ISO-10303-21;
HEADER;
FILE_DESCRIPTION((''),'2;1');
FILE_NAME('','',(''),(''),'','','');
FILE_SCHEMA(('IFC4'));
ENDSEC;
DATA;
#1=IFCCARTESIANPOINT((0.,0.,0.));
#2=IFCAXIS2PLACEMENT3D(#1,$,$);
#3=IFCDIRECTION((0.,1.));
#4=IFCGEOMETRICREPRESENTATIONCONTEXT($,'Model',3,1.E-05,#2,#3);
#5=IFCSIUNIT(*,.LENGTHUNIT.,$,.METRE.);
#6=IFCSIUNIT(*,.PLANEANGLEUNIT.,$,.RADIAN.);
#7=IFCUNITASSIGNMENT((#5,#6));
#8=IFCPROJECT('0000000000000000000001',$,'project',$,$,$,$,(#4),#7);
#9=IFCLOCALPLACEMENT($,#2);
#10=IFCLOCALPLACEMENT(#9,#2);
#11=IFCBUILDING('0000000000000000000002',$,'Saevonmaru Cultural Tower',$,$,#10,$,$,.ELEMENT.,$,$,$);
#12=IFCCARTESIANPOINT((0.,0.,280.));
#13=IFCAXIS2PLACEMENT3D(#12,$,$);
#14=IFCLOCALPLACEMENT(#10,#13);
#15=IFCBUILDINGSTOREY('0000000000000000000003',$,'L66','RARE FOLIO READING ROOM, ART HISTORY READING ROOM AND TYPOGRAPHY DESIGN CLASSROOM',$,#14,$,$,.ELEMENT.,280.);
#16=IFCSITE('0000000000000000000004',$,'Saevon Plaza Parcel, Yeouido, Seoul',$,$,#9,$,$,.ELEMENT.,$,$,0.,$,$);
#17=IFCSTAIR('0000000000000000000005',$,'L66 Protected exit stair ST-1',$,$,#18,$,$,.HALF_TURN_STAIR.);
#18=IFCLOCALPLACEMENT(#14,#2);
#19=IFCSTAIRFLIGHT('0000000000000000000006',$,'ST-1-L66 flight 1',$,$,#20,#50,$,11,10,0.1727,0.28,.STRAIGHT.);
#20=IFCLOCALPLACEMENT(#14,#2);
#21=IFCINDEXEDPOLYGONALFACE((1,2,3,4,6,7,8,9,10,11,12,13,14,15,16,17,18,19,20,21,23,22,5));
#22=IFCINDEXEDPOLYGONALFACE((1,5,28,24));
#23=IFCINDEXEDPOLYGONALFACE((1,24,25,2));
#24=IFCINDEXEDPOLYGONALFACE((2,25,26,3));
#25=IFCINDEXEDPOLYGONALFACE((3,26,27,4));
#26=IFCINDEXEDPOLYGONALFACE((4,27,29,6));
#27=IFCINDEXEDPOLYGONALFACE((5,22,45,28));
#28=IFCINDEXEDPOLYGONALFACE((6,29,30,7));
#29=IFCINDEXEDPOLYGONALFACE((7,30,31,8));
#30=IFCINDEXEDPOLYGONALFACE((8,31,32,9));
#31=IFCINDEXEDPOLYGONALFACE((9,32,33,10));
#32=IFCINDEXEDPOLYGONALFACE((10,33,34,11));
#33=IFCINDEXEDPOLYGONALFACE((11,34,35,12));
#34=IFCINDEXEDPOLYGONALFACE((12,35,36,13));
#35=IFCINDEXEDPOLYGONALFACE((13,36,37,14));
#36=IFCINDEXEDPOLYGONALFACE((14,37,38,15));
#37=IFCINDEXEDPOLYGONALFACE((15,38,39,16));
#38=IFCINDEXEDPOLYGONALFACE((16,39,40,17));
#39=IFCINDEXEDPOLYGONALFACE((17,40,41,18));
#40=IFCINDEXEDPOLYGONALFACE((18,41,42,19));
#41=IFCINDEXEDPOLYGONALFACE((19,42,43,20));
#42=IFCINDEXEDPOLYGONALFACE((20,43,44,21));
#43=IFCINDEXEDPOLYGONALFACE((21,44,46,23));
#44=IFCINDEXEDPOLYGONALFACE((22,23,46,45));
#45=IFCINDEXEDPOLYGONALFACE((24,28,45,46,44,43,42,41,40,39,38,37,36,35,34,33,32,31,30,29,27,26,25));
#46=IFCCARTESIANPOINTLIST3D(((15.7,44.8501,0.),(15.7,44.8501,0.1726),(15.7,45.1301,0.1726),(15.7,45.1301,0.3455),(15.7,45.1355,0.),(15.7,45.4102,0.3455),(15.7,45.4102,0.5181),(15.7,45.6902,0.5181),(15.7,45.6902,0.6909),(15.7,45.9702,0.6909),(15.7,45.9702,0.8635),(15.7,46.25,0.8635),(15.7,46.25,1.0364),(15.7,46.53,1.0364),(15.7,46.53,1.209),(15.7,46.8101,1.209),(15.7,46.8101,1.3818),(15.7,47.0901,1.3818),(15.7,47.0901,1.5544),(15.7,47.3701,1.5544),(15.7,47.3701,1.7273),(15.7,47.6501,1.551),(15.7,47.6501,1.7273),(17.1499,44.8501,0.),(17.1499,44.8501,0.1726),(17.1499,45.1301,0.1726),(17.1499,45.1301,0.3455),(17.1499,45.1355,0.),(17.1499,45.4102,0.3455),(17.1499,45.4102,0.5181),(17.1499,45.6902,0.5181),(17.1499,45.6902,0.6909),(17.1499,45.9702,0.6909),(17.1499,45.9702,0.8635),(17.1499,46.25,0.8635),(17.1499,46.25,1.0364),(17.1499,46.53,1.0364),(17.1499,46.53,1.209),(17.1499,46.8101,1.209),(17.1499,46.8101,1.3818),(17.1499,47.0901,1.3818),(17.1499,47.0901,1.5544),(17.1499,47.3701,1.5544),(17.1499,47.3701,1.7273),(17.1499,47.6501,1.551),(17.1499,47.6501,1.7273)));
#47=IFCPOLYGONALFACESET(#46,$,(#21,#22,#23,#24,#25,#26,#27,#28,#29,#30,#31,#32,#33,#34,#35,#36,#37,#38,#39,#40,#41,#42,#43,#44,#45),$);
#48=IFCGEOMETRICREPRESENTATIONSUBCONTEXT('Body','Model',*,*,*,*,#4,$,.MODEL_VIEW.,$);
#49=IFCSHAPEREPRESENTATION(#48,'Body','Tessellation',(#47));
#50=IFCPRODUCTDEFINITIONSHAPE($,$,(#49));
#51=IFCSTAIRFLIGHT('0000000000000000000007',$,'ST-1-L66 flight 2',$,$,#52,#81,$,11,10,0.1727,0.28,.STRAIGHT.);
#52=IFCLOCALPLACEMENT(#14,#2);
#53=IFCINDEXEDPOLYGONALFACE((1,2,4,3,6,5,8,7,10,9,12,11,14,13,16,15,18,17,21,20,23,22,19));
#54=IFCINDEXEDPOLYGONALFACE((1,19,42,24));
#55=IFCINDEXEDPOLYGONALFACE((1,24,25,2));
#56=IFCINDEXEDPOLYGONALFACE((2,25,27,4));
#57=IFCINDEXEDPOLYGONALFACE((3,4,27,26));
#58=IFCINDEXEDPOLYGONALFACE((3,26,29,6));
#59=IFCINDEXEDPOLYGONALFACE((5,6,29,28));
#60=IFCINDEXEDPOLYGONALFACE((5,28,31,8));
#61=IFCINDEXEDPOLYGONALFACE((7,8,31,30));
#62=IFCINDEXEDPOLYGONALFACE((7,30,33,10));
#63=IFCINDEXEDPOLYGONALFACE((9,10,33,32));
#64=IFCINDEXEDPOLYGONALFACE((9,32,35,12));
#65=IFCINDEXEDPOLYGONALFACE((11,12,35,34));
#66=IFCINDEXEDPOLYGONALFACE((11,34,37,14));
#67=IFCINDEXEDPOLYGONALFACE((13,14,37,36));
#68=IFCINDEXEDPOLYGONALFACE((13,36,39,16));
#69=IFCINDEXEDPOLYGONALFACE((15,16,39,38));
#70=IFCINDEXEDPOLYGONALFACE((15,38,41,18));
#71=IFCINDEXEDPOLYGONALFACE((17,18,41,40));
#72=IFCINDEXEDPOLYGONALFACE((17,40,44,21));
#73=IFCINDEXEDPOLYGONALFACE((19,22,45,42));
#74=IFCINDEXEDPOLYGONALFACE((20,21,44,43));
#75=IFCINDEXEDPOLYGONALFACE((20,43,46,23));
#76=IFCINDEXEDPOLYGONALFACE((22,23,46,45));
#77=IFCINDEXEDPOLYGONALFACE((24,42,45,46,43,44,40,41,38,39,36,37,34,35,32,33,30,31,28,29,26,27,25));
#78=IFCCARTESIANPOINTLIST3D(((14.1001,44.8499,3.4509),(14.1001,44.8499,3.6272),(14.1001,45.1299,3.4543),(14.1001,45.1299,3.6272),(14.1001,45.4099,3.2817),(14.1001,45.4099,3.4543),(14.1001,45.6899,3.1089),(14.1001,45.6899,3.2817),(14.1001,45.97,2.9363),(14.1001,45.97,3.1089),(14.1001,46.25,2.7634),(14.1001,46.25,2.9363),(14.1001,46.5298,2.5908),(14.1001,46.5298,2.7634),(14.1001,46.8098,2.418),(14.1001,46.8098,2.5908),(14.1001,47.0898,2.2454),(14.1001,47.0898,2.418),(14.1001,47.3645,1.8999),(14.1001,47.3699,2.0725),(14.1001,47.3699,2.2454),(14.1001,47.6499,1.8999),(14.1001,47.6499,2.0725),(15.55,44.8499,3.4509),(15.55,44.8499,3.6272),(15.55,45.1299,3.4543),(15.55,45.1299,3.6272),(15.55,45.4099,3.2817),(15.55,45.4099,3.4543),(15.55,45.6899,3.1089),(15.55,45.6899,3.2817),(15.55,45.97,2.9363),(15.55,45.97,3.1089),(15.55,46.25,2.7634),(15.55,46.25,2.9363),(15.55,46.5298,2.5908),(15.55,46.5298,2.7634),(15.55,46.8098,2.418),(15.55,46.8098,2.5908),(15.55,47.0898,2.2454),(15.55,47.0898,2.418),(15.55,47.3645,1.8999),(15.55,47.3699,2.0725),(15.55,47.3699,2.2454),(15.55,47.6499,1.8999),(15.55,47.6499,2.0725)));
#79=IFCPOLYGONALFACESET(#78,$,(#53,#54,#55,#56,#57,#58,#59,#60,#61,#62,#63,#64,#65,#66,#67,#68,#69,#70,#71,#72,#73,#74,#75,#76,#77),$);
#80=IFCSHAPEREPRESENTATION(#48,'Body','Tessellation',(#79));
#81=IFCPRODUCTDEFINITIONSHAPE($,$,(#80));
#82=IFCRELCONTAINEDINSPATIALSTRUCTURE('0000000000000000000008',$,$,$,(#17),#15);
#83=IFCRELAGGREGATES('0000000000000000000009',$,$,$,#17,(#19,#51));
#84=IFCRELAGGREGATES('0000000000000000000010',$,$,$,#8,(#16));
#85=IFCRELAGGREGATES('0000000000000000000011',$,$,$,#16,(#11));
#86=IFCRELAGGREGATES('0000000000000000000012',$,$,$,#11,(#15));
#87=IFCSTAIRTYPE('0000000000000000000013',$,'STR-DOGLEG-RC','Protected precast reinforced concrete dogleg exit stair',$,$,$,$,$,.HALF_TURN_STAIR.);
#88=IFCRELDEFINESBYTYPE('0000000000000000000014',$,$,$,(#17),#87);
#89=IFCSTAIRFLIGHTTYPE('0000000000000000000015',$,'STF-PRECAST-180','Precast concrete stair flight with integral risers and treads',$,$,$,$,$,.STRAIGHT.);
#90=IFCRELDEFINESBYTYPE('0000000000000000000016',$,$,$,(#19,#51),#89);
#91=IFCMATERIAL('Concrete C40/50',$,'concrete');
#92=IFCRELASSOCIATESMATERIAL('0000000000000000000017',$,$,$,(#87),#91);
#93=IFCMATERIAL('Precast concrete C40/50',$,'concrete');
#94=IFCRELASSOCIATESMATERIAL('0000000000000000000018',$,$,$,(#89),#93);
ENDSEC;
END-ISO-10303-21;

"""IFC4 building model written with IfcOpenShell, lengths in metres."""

from ifc_helpers import new_model, si_unit, direction, frame, origin, place, context, subcontext, project, spatial, polyline, outline, extrude, material, type_object, element, aggregate, save


model = new_model("IFC4")

# Units and contexts
model_context = context("Model", 3, precision=1e-05, world=origin(), true_north=direction((0.0, 1.0)))
body_context = subcontext(model_context, "Body", "Model", "MODEL_VIEW")
ifc_project = project(units=[si_unit("LENGTHUNIT", "METRE"), si_unit("PLANEANGLEUNIT", "RADIAN")], contexts=[model_context])

# Site, building, storey
site_placement = place(None, origin())
site = spatial("IfcSite", under=ifc_project, at=site_placement, Name="Saevon Plaza Parcel, Yeouido, Seoul", CompositionType="ELEMENT", RefElevation=0.0)
building_placement = place(site_placement, origin())
building = spatial("IfcBuilding", under=site, at=building_placement, Name="Saevonmaru Cultural Tower", CompositionType="ELEMENT")
storey_placement = place(building_placement, frame((0.0, 0.0, 280.0)))
storey = spatial("IfcBuildingStorey", under=building, at=storey_placement, Name="L66", Description="RARE FOLIO READING ROOM, ART HISTORY READING ROOM AND TYPOGRAPHY DESIGN CLASSROOM", CompositionType="ELEMENT", Elevation=280.0)

# Shared definitions
ifc_material_1 = material(Name="Concrete C40/50", Category="concrete")

# Stair, stair flights
stair_type = type_object("IfcStairType", Name="STR-DOGLEG-RC", Description="Protected precast reinforced concrete dogleg exit stair", PredefinedType="HALF_TURN_STAIR", material=ifc_material_1)
stair_placement = place(storey_placement, origin())
stair = element("IfcStair", 1, at=stair_placement, inside=storey, type_object=stair_type, Name="L66 Protected exit stair ST-1", PredefinedType="HALF_TURN_STAIR")
ifc_material_2 = material(Name="Precast concrete C40/50", Category="concrete")
stair_flight_type = type_object("IfcStairFlightType", Name="STF-PRECAST-180", Description="Precast concrete stair flight with integral risers and treads", PredefinedType="STRAIGHT", material=ifc_material_2)
stair_flight_1_placement = place(storey_placement, frame((16.425, 44.8501, 0.0), z_axis=(0.0, 0.0, 1.0), x_axis=(0.0, 1.0, 0.0)))
stair_flight_1 = element("IfcStairFlight", 2, at=stair_flight_1_placement, type_object=stair_flight_type, Name="ST-1-L66 flight 1", NumberOfRisers=11, NumberOfTreads=10, PredefinedType="STRAIGHT", RiserHeight=0.1727, TreadLength=0.28, context=body_context, shape_type="SweptSolid", body=[
    extrude(outline(polyline([(0.0, 0.0), (0.0, 0.1726), (0.28, 0.1726), (0.28, 0.3455), (0.5601, 0.3455), (0.5601, 0.5181), (0.8401, 0.5181), (0.8401, 0.6909), (1.1201, 0.6909), (1.1201, 0.8635), (1.3999, 0.8635), (1.3999, 1.0364), (1.6799, 1.0364), (1.6799, 1.209), (1.96, 1.209), (1.96, 1.3818), (2.24, 1.3818), (2.24, 1.5544), (2.52, 1.5544), (2.52, 1.7273), (2.8, 1.7273), (2.8, 1.8999), (2.8, 1.551), (0.2854, 0.0), (0.0, 0.0)])), frame((0.0, 0.7251, 0.0), z_axis=(0.0, -1.0, 0.0), x_axis=(1.0, 0.0, 0.0)), (0.0, 0.0, 1.0), 1.45),
])
stair_flight_2_placement = place(storey_placement, frame((14.825, 47.6499, 1.8999), z_axis=(0.0, 0.0, 1.0), x_axis=(0.0, -1.0, 0.0)))
stair_flight_2 = element("IfcStairFlight", 3, at=stair_flight_2_placement, type_object=stair_flight_type, Name="ST-1-L66 flight 2", NumberOfRisers=11, NumberOfTreads=10, PredefinedType="STRAIGHT", RiserHeight=0.1727, TreadLength=0.28, context=body_context, shape_type="SweptSolid", body=[
    extrude(outline(polyline([(0.0, 0.0), (0.0, 0.1726), (0.28, 0.1726), (0.28, 0.3455), (0.5601, 0.3455), (0.5601, 0.5181), (0.8401, 0.5181), (0.8401, 0.6909), (1.1201, 0.6909), (1.1201, 0.8635), (1.3999, 0.8635), (1.3999, 1.0364), (1.6799, 1.0364), (1.6799, 1.209), (1.96, 1.209), (1.96, 1.3818), (2.24, 1.3818), (2.24, 1.5544), (2.52, 1.5544), (2.52, 1.7273), (2.8, 1.7273), (2.8, 1.8999), (2.8, 1.551), (0.2854, 0.0), (0.0, 0.0)])), frame((0.0, 0.7251, 0.0), z_axis=(0.0, -1.0, 0.0), x_axis=(1.0, 0.0, 0.0)), (0.0, 0.0, 1.0), 1.45),
])
aggregate(stair, [stair_flight_1, stair_flight_2])

save(model, "model.ifc")
